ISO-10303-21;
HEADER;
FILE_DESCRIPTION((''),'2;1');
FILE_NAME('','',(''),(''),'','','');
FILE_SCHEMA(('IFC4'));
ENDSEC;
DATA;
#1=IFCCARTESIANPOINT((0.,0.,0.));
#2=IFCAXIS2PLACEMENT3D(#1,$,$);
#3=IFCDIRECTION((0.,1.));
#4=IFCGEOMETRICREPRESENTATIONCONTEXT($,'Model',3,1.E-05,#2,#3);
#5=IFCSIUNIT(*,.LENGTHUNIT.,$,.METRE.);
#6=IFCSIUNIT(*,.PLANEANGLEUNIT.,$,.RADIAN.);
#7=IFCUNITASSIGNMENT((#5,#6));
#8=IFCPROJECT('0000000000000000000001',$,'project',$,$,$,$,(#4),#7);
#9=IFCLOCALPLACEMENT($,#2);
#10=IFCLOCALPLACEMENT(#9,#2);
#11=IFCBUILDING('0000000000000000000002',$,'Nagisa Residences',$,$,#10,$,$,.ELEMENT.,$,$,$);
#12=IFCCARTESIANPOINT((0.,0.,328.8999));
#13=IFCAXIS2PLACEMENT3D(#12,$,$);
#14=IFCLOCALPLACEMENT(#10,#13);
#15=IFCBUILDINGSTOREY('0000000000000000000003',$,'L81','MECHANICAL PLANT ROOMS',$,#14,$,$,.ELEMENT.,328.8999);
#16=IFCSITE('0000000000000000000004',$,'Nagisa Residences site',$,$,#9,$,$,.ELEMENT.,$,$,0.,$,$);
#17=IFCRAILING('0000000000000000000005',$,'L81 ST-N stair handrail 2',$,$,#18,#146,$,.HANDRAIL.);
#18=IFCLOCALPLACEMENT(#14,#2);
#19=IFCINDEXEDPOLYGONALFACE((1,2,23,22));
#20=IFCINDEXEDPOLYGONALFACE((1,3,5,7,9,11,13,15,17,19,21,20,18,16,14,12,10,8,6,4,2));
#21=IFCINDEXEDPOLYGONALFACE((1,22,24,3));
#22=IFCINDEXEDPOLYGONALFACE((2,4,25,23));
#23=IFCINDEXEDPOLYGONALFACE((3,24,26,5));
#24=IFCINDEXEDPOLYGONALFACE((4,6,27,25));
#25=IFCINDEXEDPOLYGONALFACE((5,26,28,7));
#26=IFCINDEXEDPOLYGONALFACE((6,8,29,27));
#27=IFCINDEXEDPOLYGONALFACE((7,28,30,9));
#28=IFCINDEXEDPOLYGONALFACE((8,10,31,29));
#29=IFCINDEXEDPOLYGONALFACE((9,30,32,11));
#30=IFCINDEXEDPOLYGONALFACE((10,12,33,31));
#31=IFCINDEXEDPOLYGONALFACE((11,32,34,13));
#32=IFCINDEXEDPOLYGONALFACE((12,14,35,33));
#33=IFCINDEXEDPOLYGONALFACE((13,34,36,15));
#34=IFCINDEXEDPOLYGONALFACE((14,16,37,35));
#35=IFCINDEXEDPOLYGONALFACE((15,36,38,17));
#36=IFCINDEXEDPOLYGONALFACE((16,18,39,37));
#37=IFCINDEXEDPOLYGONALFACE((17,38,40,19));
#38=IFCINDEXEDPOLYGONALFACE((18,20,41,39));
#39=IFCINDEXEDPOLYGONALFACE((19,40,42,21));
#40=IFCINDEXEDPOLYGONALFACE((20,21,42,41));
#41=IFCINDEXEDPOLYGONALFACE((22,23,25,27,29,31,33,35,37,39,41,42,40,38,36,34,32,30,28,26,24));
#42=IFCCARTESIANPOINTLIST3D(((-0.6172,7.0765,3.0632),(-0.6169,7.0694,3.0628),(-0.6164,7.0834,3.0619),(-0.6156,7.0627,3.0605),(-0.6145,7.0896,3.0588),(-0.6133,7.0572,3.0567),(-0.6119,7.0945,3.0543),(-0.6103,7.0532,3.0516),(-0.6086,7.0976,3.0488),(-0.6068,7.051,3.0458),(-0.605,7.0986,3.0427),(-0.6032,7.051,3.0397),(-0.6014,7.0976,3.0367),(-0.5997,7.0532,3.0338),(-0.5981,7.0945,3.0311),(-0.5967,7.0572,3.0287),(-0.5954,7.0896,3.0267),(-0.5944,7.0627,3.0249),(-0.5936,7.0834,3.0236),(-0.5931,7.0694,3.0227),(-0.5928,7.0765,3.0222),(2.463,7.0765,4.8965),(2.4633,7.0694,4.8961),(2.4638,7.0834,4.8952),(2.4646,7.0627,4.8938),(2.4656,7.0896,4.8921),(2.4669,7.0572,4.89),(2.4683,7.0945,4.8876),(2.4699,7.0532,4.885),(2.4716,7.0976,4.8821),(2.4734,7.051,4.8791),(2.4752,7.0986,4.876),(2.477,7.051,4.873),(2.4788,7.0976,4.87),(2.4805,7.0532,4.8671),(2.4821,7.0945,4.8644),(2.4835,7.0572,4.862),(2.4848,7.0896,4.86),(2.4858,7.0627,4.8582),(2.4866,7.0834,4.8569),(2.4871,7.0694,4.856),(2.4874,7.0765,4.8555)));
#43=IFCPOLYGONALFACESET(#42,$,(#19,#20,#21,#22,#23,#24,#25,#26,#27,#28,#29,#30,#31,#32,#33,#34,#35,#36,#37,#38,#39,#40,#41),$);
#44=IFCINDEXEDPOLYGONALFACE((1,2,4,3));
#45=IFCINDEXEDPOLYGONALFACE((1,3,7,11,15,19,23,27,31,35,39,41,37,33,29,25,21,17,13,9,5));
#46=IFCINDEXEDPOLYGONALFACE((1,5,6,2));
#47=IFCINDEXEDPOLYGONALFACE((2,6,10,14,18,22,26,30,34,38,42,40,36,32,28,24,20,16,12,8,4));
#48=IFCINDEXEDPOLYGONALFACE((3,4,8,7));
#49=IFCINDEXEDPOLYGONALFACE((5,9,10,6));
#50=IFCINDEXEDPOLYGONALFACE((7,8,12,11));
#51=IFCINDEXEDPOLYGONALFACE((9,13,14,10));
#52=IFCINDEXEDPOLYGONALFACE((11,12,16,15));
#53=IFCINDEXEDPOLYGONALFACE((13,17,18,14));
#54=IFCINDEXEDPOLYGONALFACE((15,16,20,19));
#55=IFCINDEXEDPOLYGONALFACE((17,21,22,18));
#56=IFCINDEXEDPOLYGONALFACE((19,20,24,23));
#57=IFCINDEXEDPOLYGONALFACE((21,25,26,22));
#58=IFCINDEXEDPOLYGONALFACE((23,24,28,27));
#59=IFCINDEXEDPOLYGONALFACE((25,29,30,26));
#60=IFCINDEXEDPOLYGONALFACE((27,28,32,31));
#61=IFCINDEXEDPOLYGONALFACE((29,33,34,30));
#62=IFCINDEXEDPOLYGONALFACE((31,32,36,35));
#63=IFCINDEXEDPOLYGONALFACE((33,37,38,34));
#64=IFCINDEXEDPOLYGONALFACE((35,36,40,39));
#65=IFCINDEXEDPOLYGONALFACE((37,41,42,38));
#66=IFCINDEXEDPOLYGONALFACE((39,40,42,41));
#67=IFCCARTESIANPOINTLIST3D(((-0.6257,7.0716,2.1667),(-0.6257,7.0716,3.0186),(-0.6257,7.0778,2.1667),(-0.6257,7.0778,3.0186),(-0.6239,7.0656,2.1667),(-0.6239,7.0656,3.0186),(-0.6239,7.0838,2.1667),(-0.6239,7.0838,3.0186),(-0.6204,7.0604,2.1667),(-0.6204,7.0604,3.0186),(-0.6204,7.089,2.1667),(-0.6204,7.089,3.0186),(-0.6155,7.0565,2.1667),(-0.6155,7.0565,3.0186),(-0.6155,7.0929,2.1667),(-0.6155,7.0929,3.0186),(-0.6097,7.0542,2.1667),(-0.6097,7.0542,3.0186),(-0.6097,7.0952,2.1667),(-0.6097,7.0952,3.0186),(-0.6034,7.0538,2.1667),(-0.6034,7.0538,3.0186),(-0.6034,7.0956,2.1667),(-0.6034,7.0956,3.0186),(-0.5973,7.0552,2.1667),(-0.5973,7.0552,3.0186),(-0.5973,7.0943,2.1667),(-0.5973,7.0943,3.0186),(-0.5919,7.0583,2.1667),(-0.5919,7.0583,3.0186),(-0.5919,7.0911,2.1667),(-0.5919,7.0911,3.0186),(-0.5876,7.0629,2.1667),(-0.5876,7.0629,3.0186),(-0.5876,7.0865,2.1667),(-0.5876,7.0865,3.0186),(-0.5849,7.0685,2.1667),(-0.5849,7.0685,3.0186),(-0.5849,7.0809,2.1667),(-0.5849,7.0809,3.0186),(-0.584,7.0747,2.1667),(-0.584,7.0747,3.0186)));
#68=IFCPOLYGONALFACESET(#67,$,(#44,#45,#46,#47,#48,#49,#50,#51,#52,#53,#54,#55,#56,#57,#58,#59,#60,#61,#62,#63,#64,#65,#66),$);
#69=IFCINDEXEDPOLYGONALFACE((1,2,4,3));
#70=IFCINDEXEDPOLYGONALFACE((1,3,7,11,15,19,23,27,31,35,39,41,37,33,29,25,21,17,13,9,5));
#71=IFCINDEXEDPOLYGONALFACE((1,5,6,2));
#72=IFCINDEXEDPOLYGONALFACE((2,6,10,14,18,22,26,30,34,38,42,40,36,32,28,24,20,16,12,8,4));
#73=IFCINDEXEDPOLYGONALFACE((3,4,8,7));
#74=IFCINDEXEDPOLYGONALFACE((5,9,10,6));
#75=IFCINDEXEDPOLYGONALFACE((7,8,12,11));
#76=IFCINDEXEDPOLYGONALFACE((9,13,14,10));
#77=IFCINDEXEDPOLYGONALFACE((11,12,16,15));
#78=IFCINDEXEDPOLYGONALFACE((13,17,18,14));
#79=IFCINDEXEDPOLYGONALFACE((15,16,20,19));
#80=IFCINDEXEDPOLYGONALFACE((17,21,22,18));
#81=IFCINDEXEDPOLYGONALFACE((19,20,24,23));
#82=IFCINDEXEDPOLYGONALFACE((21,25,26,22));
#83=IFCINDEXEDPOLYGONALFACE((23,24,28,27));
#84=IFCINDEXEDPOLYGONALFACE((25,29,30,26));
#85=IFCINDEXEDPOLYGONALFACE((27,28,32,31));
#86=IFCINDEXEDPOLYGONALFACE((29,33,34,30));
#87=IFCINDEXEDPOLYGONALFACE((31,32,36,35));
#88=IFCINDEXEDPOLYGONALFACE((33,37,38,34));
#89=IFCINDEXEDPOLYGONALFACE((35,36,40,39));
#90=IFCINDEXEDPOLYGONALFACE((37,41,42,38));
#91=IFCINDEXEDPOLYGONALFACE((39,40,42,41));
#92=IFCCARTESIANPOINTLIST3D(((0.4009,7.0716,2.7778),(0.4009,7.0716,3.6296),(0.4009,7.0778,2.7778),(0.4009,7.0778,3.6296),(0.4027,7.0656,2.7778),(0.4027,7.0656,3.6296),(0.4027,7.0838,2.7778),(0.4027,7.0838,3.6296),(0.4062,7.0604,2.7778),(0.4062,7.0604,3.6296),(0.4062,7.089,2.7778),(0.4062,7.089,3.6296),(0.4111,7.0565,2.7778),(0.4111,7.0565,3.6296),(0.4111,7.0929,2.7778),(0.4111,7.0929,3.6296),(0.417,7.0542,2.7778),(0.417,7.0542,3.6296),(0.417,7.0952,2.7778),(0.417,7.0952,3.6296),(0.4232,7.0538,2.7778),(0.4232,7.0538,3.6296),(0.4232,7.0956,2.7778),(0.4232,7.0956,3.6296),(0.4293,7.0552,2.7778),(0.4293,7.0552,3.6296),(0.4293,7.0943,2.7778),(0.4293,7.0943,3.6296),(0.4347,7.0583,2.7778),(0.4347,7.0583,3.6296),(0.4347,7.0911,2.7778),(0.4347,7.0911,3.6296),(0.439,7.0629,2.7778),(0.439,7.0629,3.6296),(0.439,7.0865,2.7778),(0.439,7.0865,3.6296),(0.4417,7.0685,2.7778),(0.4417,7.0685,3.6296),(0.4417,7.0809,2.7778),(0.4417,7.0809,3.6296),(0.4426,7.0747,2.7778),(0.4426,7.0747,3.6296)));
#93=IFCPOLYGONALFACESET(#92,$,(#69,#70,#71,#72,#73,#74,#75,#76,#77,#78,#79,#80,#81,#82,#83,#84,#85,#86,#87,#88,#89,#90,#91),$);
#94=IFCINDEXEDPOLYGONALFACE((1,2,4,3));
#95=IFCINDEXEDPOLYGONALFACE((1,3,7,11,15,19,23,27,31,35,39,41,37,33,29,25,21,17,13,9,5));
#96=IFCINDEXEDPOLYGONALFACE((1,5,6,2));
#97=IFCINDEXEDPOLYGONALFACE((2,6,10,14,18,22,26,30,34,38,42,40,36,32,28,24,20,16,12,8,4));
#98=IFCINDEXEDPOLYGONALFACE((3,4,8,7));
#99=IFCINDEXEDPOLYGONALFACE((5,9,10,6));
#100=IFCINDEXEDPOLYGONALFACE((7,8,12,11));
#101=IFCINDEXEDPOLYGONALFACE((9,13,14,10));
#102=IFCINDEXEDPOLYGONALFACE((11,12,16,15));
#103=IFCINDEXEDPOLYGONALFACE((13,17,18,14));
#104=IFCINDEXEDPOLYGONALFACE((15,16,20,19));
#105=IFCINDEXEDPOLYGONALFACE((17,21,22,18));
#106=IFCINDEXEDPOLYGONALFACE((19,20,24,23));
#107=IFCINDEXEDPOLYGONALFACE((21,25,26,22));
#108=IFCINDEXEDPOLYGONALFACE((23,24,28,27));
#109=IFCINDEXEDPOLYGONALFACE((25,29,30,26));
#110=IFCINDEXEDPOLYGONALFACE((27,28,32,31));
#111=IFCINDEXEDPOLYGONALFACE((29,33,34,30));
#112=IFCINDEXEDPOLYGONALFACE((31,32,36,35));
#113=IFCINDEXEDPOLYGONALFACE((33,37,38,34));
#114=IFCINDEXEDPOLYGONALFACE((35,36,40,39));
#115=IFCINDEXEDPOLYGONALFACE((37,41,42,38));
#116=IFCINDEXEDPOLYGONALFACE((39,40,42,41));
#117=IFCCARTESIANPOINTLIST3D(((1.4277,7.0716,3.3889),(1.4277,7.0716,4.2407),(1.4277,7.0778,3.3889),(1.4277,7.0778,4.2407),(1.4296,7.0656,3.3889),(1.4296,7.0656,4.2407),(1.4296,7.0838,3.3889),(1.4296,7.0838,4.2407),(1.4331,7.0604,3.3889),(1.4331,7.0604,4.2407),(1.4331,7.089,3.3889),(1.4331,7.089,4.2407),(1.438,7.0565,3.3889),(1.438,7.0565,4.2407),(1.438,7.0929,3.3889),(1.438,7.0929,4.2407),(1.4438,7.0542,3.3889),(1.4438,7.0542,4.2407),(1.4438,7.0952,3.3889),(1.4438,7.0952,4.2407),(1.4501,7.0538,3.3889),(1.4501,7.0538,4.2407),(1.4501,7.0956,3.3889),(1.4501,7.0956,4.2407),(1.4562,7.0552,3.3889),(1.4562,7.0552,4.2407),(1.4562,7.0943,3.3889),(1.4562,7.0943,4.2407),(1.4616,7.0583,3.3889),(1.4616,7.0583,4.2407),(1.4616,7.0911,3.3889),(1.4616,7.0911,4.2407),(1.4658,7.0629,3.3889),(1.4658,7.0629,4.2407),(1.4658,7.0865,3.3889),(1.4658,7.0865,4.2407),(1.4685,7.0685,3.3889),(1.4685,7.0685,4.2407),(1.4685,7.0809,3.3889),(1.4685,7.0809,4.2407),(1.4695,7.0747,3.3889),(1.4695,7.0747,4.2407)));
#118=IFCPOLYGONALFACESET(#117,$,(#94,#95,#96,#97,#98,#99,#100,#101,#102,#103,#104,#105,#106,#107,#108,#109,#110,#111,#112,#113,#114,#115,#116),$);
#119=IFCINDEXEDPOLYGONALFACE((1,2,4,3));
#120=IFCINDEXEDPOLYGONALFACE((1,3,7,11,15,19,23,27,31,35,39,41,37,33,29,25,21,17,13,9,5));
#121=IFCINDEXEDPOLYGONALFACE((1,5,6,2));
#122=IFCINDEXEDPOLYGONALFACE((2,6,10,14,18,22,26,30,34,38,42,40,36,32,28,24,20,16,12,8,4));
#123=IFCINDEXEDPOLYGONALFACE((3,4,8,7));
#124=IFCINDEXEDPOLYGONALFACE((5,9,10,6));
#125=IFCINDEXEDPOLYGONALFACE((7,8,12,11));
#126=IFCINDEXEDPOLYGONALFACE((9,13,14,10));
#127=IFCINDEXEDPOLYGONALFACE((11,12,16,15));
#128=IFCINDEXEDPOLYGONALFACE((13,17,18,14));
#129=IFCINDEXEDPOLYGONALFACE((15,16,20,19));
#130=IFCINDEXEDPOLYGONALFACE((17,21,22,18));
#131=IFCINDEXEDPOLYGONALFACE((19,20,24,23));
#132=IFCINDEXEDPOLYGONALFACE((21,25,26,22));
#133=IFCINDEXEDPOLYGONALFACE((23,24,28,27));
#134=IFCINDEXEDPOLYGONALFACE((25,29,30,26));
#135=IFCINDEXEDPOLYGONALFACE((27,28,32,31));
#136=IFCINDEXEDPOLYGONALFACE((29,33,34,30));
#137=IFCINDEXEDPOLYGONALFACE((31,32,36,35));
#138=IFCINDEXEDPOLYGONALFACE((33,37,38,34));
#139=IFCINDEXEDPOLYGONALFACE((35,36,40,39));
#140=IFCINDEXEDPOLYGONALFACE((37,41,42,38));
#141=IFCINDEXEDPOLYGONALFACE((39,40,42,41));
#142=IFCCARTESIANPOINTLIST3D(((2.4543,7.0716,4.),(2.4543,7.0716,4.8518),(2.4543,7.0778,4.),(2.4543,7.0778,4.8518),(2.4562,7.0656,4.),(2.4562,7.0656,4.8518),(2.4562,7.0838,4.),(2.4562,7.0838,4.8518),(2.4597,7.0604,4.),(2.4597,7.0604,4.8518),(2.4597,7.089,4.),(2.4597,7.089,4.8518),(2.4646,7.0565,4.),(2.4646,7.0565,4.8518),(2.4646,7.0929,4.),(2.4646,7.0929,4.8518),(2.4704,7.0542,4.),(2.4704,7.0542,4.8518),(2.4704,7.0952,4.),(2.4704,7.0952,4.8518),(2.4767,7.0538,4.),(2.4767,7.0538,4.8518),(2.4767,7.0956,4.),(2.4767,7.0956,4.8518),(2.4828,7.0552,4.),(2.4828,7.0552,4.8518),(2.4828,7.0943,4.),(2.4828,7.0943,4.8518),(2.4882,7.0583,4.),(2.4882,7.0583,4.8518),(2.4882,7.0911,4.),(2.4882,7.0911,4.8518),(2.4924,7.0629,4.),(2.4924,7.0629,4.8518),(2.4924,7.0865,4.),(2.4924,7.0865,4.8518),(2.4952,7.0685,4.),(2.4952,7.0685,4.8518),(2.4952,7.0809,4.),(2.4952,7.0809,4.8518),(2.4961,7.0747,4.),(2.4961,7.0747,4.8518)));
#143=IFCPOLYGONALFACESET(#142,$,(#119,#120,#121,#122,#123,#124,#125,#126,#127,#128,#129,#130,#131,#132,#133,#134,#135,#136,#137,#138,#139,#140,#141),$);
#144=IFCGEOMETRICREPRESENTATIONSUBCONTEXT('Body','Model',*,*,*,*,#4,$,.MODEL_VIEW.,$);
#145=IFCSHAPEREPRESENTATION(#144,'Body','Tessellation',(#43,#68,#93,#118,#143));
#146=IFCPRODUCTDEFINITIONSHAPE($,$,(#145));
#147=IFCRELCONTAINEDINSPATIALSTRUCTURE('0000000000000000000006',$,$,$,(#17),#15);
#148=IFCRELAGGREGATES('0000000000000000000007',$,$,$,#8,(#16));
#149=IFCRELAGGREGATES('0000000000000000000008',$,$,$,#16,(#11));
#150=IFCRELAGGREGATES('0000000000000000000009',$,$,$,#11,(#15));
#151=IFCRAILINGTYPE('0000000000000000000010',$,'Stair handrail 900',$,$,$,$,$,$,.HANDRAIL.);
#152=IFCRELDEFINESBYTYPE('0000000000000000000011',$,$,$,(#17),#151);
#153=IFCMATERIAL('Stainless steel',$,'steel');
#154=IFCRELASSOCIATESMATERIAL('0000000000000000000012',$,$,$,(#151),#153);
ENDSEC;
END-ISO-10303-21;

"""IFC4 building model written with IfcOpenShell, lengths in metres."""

from ifc_helpers import new_model, si_unit, direction, frame, origin, origin_2d, place, context, subcontext, project, spatial, circle, extrude, material, type_object, element, save


model = new_model("IFC4")

# Units and contexts
model_context = context("Model", 3, precision=1e-05, world=origin(), true_north=direction((0.0, 1.0)))
body_context = subcontext(model_context, "Body", "Model", "MODEL_VIEW")
ifc_project = project(units=[si_unit("LENGTHUNIT", "METRE"), si_unit("PLANEANGLEUNIT", "RADIAN")], contexts=[model_context])

# Site, building, storey
site_placement = place(None, origin())
site = spatial("IfcSite", under=ifc_project, at=site_placement, Name="Nagisa Residences site", CompositionType="ELEMENT", RefElevation=0.0)
building_placement = place(site_placement, origin())
building = spatial("IfcBuilding", under=site, at=building_placement, Name="Nagisa Residences", CompositionType="ELEMENT")
storey_placement = place(building_placement, frame((0.0, 0.0, 328.8999)))
storey = spatial("IfcBuildingStorey", under=building, at=storey_placement, Name="L81", Description="MECHANICAL PLANT ROOMS", CompositionType="ELEMENT", Elevation=328.8999)

# Railing
ifc_material_1 = material(Name="Stainless steel", Category="steel")
railing_type = type_object("IfcRailingType", Name="Stair handrail 900", PredefinedType="HANDRAIL", material=ifc_material_1)
railing_placement = place(storey_placement, frame((-0.605, 7.0747, 2.1667)))
element("IfcRailing", 1, at=railing_placement, inside=storey, type_object=railing_type, Name="L81 ST-N stair handrail 2", PredefinedType="HANDRAIL", context=body_context, shape_type="SweptSolid", body=[
    extrude(circle(Radius=0.0239, at=origin_2d()), frame((0.0, 0.0, 0.876), z_axis=(0.859309, 0.0, 0.511458), x_axis=(0.0, 1.0, 0.0)), (0.0, 0.0, 1.0), 3.5845),
    extrude(circle(Radius=0.021, at=origin_2d()), origin(), (0.0, 0.0, 1.0), 0.8518),
    extrude(circle(Radius=0.021, at=origin_2d()), frame((1.0266, 0.0, 0.6111)), (0.0, 0.0, 1.0), 0.8518),
    extrude(circle(Radius=0.021, at=origin_2d()), frame((2.0535, 0.0, 1.2222)), (0.0, 0.0, 1.0), 0.8518),
    extrude(circle(Radius=0.021, at=origin_2d()), frame((3.0801, 0.0, 1.8333)), (0.0, 0.0, 1.0), 0.8518),
])

save(model, "model.ifc")
